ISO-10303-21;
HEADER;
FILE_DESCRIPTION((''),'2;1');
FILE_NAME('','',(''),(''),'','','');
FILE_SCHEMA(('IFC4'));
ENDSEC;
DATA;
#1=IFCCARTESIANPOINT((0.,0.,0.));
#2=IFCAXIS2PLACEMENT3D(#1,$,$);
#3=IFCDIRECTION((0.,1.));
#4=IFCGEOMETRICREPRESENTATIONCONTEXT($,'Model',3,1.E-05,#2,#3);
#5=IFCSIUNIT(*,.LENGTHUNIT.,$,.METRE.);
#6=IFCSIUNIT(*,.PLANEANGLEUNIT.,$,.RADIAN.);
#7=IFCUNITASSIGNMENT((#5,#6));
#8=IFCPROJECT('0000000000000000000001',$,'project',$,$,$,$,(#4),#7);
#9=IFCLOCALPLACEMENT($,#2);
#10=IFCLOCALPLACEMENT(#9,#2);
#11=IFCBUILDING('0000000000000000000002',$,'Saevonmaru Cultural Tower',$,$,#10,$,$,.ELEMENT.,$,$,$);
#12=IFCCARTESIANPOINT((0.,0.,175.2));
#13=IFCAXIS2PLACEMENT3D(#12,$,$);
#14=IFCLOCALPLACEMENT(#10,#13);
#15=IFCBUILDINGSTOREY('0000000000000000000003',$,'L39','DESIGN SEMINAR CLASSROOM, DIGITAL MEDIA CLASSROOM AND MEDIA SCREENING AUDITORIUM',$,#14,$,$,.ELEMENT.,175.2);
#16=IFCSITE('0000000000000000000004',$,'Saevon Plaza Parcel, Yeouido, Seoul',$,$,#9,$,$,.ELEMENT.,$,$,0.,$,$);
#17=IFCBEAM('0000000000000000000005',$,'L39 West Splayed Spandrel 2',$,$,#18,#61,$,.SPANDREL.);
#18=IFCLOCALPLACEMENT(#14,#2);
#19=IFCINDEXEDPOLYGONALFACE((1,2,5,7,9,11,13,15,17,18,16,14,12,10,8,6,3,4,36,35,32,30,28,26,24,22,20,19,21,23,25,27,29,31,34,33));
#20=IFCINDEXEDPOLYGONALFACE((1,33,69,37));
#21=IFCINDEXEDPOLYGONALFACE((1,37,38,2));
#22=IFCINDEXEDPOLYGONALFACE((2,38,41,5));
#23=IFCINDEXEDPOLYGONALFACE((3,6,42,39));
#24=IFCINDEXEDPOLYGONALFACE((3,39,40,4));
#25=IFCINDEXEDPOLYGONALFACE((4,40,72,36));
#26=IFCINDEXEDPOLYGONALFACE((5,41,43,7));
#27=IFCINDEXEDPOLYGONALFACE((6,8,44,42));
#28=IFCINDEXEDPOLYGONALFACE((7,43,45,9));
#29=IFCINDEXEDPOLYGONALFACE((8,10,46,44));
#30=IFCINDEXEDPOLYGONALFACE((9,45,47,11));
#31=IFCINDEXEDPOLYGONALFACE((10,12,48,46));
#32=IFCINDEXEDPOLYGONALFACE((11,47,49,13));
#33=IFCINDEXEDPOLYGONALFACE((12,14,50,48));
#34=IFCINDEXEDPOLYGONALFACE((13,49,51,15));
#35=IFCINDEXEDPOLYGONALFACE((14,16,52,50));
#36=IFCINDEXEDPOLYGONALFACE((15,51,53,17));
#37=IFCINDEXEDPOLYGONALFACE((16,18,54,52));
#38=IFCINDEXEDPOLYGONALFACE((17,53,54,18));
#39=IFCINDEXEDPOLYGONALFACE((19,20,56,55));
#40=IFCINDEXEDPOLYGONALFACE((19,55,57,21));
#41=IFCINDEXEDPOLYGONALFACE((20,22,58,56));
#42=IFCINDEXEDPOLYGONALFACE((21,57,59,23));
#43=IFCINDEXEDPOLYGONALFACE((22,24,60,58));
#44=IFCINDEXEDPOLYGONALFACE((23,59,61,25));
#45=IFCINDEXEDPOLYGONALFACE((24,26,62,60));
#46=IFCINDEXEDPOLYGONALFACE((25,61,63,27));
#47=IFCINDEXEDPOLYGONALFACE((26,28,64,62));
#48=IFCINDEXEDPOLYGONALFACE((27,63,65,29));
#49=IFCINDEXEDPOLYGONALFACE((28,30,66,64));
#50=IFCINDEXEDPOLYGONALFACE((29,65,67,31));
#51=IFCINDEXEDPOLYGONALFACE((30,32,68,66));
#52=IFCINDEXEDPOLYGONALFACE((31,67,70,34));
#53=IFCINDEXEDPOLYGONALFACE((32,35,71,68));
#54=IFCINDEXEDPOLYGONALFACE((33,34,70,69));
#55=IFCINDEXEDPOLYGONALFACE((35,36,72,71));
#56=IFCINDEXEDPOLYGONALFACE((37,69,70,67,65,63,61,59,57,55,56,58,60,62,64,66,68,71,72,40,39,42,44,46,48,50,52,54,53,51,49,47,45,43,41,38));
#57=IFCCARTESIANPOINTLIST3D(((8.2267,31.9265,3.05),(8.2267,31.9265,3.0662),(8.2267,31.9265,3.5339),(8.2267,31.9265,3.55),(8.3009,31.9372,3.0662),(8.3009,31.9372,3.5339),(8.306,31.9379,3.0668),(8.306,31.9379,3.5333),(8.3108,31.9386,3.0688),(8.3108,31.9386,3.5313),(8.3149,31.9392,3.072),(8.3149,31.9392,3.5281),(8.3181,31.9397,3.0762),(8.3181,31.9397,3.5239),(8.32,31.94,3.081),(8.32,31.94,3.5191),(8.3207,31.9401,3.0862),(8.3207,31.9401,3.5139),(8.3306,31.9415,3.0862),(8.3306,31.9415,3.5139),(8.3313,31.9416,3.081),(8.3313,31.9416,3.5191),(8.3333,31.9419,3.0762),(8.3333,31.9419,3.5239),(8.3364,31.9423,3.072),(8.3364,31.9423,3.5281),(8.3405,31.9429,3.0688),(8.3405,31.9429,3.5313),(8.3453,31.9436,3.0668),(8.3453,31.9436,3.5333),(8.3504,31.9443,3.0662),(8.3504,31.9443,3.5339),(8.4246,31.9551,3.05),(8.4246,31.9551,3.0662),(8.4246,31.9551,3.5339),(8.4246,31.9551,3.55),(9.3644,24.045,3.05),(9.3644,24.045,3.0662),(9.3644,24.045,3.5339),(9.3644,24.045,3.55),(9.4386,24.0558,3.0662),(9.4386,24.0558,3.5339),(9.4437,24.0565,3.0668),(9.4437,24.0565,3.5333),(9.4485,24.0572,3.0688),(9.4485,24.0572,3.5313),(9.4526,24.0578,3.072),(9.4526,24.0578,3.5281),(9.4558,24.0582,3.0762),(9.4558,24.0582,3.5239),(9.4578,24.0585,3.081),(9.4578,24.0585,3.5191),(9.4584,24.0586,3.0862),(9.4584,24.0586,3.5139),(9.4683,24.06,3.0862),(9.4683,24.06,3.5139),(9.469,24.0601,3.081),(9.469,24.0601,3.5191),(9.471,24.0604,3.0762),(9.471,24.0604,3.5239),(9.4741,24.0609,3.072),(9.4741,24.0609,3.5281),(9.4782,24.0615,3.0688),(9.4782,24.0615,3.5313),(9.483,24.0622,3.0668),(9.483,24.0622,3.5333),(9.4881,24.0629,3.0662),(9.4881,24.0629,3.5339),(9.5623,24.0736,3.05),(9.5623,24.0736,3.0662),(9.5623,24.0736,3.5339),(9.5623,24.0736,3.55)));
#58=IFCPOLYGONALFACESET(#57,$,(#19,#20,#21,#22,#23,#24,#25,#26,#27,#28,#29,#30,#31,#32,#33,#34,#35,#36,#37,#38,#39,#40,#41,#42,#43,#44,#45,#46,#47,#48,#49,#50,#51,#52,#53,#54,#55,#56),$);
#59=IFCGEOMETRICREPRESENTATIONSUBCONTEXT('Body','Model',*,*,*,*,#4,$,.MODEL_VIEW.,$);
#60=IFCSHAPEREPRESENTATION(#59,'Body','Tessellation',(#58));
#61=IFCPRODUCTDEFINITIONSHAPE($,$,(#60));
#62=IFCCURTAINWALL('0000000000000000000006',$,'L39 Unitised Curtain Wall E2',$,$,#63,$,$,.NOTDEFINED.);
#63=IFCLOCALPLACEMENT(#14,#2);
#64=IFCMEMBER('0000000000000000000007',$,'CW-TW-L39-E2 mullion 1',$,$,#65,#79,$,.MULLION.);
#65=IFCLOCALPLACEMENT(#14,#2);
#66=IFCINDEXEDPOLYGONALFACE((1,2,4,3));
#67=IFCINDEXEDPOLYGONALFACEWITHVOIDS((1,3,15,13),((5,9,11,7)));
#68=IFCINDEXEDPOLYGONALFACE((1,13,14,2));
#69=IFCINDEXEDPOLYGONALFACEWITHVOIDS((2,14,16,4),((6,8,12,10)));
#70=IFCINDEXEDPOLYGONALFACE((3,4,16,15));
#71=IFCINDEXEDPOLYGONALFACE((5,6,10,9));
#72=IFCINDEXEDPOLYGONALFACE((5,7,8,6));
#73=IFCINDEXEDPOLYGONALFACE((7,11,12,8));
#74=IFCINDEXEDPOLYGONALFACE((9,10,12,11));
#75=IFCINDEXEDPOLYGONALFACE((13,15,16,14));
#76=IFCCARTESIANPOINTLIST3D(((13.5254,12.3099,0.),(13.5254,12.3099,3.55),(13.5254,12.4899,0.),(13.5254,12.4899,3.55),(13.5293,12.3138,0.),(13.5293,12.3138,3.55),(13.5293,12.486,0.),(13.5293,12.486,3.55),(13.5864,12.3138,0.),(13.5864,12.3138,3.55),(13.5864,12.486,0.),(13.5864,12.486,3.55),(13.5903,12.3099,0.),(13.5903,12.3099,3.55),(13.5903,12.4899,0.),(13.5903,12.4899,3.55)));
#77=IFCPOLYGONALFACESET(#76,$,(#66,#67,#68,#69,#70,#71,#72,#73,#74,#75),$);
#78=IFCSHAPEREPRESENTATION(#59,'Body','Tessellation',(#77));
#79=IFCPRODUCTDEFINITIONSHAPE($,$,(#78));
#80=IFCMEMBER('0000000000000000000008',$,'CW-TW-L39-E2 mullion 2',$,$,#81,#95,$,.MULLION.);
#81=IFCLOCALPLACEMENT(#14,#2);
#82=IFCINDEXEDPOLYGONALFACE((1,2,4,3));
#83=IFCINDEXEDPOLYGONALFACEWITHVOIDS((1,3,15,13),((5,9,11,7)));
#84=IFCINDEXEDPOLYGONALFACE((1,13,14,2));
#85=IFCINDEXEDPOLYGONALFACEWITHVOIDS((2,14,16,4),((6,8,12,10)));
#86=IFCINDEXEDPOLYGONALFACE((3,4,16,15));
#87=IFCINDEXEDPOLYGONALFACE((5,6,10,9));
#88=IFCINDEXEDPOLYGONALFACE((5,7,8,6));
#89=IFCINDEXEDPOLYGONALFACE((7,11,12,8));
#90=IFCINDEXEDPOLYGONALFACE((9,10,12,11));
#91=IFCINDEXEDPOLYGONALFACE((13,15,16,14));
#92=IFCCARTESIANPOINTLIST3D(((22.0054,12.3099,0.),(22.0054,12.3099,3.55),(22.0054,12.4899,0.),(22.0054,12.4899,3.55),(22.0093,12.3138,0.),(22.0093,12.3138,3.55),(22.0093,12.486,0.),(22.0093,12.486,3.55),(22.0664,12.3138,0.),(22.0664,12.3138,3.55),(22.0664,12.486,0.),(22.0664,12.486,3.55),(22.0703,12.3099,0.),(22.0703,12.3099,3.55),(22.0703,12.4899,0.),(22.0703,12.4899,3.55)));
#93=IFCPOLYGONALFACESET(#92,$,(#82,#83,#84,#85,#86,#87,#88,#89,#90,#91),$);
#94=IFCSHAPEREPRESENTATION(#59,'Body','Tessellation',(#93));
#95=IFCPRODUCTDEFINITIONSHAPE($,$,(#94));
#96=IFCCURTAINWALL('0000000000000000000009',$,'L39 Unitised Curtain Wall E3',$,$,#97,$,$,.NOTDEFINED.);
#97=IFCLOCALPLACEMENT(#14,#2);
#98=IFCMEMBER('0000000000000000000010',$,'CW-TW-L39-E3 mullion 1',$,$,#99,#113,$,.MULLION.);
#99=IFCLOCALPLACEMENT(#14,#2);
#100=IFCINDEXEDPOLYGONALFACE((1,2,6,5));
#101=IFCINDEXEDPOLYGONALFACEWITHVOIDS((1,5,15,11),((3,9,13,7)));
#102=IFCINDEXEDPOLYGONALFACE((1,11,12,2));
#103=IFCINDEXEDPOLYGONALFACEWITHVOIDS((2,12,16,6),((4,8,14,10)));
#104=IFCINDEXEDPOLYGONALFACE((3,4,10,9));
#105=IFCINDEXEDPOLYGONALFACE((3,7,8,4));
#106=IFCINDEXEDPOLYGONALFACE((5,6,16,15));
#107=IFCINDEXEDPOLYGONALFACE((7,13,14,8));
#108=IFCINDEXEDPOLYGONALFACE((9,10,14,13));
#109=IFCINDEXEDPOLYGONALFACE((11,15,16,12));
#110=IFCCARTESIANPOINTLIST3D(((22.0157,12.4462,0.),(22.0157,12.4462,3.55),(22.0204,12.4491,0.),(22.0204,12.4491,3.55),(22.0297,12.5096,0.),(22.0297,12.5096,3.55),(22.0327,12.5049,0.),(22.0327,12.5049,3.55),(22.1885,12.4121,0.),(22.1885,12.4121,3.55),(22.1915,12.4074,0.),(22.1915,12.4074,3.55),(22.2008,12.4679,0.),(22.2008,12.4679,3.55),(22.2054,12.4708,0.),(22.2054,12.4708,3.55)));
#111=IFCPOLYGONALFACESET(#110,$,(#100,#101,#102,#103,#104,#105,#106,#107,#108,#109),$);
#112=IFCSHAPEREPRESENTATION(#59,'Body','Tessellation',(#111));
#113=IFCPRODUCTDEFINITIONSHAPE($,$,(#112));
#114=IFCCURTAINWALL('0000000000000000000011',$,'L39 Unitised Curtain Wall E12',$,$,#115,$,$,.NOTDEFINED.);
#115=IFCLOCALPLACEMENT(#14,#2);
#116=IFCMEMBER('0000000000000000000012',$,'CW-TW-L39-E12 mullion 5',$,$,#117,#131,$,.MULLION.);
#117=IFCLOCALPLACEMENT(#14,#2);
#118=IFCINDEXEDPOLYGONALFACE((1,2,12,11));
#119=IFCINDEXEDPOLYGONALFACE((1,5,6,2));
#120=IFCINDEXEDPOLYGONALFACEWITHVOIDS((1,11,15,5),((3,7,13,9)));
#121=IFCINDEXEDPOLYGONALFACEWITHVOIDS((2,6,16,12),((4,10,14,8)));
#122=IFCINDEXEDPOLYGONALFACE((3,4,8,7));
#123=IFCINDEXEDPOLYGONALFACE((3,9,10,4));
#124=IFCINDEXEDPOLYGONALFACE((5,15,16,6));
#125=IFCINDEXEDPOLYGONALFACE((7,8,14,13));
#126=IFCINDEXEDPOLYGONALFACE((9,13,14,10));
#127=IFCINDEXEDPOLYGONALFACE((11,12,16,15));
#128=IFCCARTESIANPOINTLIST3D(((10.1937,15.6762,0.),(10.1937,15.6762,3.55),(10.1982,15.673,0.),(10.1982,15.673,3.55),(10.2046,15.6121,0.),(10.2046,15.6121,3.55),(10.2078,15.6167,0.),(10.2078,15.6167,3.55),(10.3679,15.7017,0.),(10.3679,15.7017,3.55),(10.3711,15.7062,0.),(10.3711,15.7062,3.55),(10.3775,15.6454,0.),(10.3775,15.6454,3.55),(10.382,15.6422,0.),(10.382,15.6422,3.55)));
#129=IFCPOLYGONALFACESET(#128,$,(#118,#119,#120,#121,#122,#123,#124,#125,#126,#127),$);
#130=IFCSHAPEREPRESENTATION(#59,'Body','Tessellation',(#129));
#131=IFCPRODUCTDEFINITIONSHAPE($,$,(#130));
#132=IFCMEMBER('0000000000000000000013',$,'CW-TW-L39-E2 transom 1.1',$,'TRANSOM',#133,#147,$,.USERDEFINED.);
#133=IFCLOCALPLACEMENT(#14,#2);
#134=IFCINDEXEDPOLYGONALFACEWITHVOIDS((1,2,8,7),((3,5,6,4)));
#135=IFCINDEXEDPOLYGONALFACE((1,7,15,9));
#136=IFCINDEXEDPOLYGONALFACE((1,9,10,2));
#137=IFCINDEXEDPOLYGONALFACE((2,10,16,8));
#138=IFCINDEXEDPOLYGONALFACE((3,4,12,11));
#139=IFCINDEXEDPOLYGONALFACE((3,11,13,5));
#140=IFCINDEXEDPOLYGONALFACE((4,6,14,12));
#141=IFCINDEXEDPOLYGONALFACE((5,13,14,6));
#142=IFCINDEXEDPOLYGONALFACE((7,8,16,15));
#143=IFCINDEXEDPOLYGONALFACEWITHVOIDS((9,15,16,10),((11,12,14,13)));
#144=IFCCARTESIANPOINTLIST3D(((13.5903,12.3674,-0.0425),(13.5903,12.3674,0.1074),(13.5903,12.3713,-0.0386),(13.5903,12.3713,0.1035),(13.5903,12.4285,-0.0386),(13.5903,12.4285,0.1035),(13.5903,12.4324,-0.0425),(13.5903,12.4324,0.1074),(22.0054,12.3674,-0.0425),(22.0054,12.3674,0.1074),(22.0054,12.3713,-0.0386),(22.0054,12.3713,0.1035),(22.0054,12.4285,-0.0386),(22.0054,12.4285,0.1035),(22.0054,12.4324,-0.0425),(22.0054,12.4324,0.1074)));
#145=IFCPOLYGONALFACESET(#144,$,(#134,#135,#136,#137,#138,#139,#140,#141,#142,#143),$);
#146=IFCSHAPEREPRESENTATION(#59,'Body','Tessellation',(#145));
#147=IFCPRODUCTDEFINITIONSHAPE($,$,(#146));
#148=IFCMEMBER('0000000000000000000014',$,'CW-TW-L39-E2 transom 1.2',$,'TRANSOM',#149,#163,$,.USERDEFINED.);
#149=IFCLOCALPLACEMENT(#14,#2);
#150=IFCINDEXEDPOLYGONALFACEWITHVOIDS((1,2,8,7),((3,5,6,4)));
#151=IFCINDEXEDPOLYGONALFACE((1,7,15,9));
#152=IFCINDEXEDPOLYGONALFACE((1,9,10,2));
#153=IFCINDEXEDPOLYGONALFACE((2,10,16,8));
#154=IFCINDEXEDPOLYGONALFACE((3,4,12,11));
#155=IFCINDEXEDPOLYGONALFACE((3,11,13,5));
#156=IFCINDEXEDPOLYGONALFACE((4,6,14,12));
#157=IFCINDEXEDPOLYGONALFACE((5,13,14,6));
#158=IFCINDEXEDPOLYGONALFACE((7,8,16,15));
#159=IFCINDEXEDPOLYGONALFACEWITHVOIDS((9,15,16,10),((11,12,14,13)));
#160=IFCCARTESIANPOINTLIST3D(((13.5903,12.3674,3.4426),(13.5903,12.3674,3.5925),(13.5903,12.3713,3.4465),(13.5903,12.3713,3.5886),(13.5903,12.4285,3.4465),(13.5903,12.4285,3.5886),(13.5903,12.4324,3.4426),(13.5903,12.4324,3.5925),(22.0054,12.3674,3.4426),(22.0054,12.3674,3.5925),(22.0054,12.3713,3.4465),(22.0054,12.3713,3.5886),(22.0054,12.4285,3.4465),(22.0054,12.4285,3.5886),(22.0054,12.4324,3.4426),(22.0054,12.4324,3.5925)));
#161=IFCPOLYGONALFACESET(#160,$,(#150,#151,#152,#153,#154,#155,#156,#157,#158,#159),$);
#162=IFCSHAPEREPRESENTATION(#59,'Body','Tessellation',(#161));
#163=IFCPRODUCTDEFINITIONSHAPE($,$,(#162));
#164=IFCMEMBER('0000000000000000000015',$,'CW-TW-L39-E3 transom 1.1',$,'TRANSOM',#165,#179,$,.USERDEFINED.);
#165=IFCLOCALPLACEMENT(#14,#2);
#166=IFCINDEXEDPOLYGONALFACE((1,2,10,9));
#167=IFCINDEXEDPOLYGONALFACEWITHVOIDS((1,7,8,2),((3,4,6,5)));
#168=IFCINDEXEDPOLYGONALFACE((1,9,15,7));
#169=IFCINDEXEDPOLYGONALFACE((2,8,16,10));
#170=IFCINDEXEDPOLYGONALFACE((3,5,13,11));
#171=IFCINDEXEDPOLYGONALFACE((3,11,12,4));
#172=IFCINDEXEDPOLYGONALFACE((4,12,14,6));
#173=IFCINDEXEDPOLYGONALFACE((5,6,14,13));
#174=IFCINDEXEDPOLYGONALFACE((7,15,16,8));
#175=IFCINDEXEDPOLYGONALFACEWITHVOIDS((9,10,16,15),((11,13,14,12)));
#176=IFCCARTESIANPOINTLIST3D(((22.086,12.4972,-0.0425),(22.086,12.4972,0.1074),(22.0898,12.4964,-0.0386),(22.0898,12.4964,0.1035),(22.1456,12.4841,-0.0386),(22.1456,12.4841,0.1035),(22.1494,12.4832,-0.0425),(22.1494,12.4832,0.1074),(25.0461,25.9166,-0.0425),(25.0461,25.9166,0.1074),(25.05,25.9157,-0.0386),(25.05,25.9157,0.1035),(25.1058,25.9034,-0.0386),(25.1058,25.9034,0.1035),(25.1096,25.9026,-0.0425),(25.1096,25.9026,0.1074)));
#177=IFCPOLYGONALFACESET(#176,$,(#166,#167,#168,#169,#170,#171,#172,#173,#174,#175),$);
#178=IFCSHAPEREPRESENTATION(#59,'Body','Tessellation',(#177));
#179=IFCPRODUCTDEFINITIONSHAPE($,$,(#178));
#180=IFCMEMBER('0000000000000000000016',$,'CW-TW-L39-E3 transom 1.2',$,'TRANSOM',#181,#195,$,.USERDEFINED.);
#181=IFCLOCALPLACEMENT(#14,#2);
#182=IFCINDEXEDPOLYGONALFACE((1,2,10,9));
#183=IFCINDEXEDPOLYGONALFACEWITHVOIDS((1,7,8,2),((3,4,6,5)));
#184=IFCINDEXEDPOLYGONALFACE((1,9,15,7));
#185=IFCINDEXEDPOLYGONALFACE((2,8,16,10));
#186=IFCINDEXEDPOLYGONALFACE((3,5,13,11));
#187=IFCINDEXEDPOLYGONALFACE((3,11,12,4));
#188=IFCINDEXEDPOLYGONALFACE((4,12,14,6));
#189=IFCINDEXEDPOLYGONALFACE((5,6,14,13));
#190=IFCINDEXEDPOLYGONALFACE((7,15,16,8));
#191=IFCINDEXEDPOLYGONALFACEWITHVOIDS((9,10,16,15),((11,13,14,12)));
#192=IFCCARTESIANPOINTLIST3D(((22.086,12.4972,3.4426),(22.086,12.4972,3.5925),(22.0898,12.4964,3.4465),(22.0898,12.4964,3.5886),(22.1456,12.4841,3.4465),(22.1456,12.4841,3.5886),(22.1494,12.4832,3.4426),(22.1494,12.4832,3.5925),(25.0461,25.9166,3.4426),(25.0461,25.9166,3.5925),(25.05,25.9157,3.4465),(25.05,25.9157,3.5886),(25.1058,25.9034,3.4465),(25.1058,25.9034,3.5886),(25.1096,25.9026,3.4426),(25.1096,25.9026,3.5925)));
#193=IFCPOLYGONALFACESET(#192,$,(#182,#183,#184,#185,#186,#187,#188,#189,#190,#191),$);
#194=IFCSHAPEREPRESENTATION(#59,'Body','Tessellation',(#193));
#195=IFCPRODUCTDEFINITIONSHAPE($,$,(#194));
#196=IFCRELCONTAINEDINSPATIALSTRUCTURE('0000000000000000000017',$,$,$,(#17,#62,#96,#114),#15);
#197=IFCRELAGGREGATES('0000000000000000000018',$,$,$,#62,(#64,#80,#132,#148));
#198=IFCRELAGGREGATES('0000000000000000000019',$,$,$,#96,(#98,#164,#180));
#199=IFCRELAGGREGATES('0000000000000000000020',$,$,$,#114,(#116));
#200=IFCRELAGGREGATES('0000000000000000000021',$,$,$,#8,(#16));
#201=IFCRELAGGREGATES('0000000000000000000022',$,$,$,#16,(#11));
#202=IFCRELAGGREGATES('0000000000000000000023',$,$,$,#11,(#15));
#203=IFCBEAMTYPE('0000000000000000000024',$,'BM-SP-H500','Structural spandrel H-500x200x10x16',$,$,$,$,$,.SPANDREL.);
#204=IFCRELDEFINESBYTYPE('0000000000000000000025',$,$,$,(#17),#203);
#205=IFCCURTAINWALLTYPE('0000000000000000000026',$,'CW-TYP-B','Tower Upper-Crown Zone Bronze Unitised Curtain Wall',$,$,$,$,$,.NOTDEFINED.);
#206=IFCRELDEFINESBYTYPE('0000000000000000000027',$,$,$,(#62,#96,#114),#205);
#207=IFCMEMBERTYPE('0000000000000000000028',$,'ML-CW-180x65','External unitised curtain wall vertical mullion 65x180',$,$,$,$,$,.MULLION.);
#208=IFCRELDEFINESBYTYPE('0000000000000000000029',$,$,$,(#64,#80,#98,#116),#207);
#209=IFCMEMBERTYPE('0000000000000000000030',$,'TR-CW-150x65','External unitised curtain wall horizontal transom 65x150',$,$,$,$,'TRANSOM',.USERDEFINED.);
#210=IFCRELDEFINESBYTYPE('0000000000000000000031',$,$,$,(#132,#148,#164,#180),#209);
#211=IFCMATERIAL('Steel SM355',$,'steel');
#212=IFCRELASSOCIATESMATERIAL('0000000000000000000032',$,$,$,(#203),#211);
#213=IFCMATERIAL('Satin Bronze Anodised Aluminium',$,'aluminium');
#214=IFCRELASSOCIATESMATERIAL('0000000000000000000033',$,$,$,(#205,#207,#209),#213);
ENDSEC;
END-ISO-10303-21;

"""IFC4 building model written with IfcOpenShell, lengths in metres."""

from ifc_helpers import new_model, si_unit, direction, frame, origin, origin_2d, place, context, subcontext, project, spatial, hollow_rectangle, i_section, extrude, material, material_profile, profile_set, type_object, element, aggregate, save


model = new_model("IFC4")

# Units and contexts
model_context = context("Model", 3, precision=1e-05, world=origin(), true_north=direction((0.0, 1.0)))
body_context = subcontext(model_context, "Body", "Model", "MODEL_VIEW")
ifc_project = project(units=[si_unit("LENGTHUNIT", "METRE"), si_unit("PLANEANGLEUNIT", "RADIAN")], contexts=[model_context])

# Site, building, storey
site_placement = place(None, origin())
site = spatial("IfcSite", under=ifc_project, at=site_placement, Name="Saevon Plaza Parcel, Yeouido, Seoul", CompositionType="ELEMENT", RefElevation=0.0)
building_placement = place(site_placement, origin())
building = spatial("IfcBuilding", under=site, at=building_placement, Name="Saevonmaru Cultural Tower", CompositionType="ELEMENT")
storey_placement = place(building_placement, frame((0.0, 0.0, 175.2)))
storey = spatial("IfcBuildingStorey", under=building, at=storey_placement, Name="L39", Description="DESIGN SEMINAR CLASSROOM, DIGITAL MEDIA CLASSROOM AND MEDIA SCREENING AUDITORIUM", CompositionType="ELEMENT", Elevation=175.2)

# Shared definitions
ifc_material_1 = material(Name="Steel SM355", Category="steel")

# Beam
ifc_material_profile_1 = material_profile(ifc_material_1, i_section(OverallWidth=0.2, OverallDepth=0.5, WebThickness=0.01, FlangeThickness=0.0161, FilletRadius=0.02, at=origin_2d()), Name="H-500x200x10x16")
ifc_profile_set_1 = profile_set([ifc_material_profile_1], Name="Steel SM355")
beam_type_1 = type_object("IfcBeamType", Name="BM-SP-H500", Description="Structural spandrel H-500x200x10x16", PredefinedType="SPANDREL", material=ifc_profile_set_1)
for number, where, z_axis, x_axis, name in (
    (1, (9.4634, 24.0593, 3.3), (-0.142872, 0.989741, 0.0), (-0.989741, -0.142872, 0.0), "L39 West Splayed Spandrel 2"),
):
    element("IfcBeam", number, at=place(storey_placement, frame(where, z_axis=z_axis, x_axis=x_axis)), inside=storey, type_object=beam_type_1, Name=name, PredefinedType="SPANDREL", context=body_context, shape_type="SweptSolid", body=[
        extrude(i_section(OverallWidth=0.2, OverallDepth=0.5, WebThickness=0.01, FlangeThickness=0.0161, FilletRadius=0.02, at=origin_2d()), origin(), (0.0, 0.0, 1.0), 7.9631),
    ])

# Curtain wall, members
ifc_material_2 = material(Name="Satin Bronze Anodised Aluminium", Category="aluminium")
curtain_wall_type = type_object("IfcCurtainWallType", Name="CW-TYP-B", Description="Tower Upper-Crown Zone Bronze Unitised Curtain Wall", PredefinedType="NOTDEFINED", material=ifc_material_2)
curtain_wall_1_placement = place(storey_placement, origin())
curtain_wall_1 = element("IfcCurtainWall", 2, at=curtain_wall_1_placement, inside=storey, type_object=curtain_wall_type, Name="L39 Unitised Curtain Wall E2", PredefinedType="NOTDEFINED")
ifc_material_profile_2 = material_profile(ifc_material_2, hollow_rectangle(XDim=0.0649, YDim=0.1799, WallThickness=0.0039, at=origin_2d()), Name="ALU-MULL-180x65x4")
ifc_profile_set_2 = profile_set([ifc_material_profile_2], Name="Satin Bronze Anodised Aluminium")
member_type_1 = type_object("IfcMemberType", Name="ML-CW-180x65", Description="External unitised curtain wall vertical mullion 65x180", PredefinedType="MULLION", material=ifc_profile_set_2)
member_1_placement = place(storey_placement, frame((13.5579, 12.3999, 0.0), z_axis=(0.0, 0.0, 1.0), x_axis=(1.0, 0.0, 0.0)))
member_1 = element("IfcMember", 3, at=member_1_placement, type_object=member_type_1, Name="CW-TW-L39-E2 mullion 1", PredefinedType="MULLION", context=body_context, shape_type="SweptSolid", body=[
    extrude(hollow_rectangle(XDim=0.0649, YDim=0.1799, WallThickness=0.0039, at=origin_2d()), origin(), (0.0, 0.0, 1.0), 3.55),
])
member_2_placement = place(storey_placement, frame((22.0378, 12.3999, 0.0), z_axis=(0.0, 0.0, 1.0), x_axis=(1.0, 0.0, 0.0)))
member_2 = element("IfcMember", 4, at=member_2_placement, type_object=member_type_1, Name="CW-TW-L39-E2 mullion 2", PredefinedType="MULLION", context=body_context, shape_type="SweptSolid", body=[
    extrude(hollow_rectangle(XDim=0.0649, YDim=0.1799, WallThickness=0.0039, at=origin_2d()), origin(), (0.0, 0.0, 1.0), 3.55),
])

# Curtain walls, members
curtain_wall_2_placement = place(storey_placement, origin())
curtain_wall_2 = element("IfcCurtainWall", 5, at=curtain_wall_2_placement, inside=storey, type_object=curtain_wall_type, Name="L39 Unitised Curtain Wall E3", PredefinedType="NOTDEFINED")
member_3_placement = place(storey_placement, frame((22.1106, 12.4585, 0.0), z_axis=(0.0, 0.0, 1.0), x_axis=(0.215413, 0.976523, 0.0)))
member_3 = element("IfcMember", 6, at=member_3_placement, type_object=member_type_1, Name="CW-TW-L39-E3 mullion 1", PredefinedType="MULLION", context=body_context, shape_type="SweptSolid", body=[
    extrude(hollow_rectangle(XDim=0.0649, YDim=0.1799, WallThickness=0.0039, at=origin_2d()), origin(), (0.0, 0.0, 1.0), 3.55),
])
curtain_wall_3_placement = place(storey_placement, origin())
curtain_wall_3 = element("IfcCurtainWall", 7, at=curtain_wall_3_placement, inside=storey, type_object=curtain_wall_type, Name="L39 Unitised Curtain Wall E12", PredefinedType="NOTDEFINED")
member_4_placement = place(storey_placement, frame((10.2878, 15.6592, 0.0), z_axis=(0.0, 0.0, 1.0), x_axis=(0.166922, -0.98597, 0.0)))
member_4 = element("IfcMember", 8, at=member_4_placement, type_object=member_type_1, Name="CW-TW-L39-E12 mullion 5", PredefinedType="MULLION", context=body_context, shape_type="SweptSolid", body=[
    extrude(hollow_rectangle(XDim=0.0649, YDim=0.1799, WallThickness=0.0039, at=origin_2d()), origin(), (0.0, 0.0, 1.0), 3.55),
])

# Members
ifc_material_profile_3 = material_profile(ifc_material_2, hollow_rectangle(XDim=0.0649, YDim=0.1499, WallThickness=0.0039, at=origin_2d()), Name="ALU-TRAN-150x65x4")
ifc_profile_set_3 = profile_set([ifc_material_profile_3], Name="Satin Bronze Anodised Aluminium")
member_type_2 = type_object("IfcMemberType", Name="TR-CW-150x65", Description="External unitised curtain wall horizontal transom 65x150", ElementType="TRANSOM", PredefinedType="USERDEFINED", material=ifc_profile_set_3)
member_5_placement = place(storey_placement, frame((13.5903, 12.3999, 0.0325), z_axis=(1.0, 0.0, 0.0), x_axis=(0.0, 1.0, 0.0)))
member_5 = element("IfcMember", 9, at=member_5_placement, type_object=member_type_2, Name="CW-TW-L39-E2 transom 1.1", ObjectType="TRANSOM", PredefinedType="USERDEFINED", context=body_context, shape_type="SweptSolid", body=[
    extrude(hollow_rectangle(XDim=0.0649, YDim=0.1499, WallThickness=0.0039, at=origin_2d()), origin(), (0.0, 0.0, 1.0), 8.415),
])
member_6_placement = place(storey_placement, frame((13.5903, 12.3999, 3.5176), z_axis=(1.0, 0.0, 0.0), x_axis=(0.0, 1.0, 0.0)))
member_6 = element("IfcMember", 10, at=member_6_placement, type_object=member_type_2, Name="CW-TW-L39-E2 transom 1.2", ObjectType="TRANSOM", PredefinedType="USERDEFINED", context=body_context, shape_type="SweptSolid", body=[
    extrude(hollow_rectangle(XDim=0.0649, YDim=0.1499, WallThickness=0.0039, at=origin_2d()), origin(), (0.0, 0.0, 1.0), 8.415),
])
member_7_placement = place(storey_placement, frame((22.1177, 12.4902, 0.0325), z_axis=(0.215412, 0.976523, 0.0), x_axis=(-0.976523, 0.215412, 0.0)))
member_7 = element("IfcMember", 11, at=member_7_placement, type_object=member_type_2, Name="CW-TW-L39-E3 transom 1.1", ObjectType="TRANSOM", PredefinedType="USERDEFINED", context=body_context, shape_type="SweptSolid", body=[
    extrude(hollow_rectangle(XDim=0.0649, YDim=0.1499, WallThickness=0.0039, at=origin_2d()), origin(), (0.0, 0.0, 1.0), 13.7419),
])
member_8_placement = place(storey_placement, frame((22.1177, 12.4902, 3.5176), z_axis=(0.215412, 0.976523, 0.0), x_axis=(-0.976523, 0.215412, 0.0)))
member_8 = element("IfcMember", 12, at=member_8_placement, type_object=member_type_2, Name="CW-TW-L39-E3 transom 1.2", ObjectType="TRANSOM", PredefinedType="USERDEFINED", context=body_context, shape_type="SweptSolid", body=[
    extrude(hollow_rectangle(XDim=0.0649, YDim=0.1499, WallThickness=0.0039, at=origin_2d()), origin(), (0.0, 0.0, 1.0), 13.7419),
])

aggregate(curtain_wall_1, [member_1, member_2, member_5, member_6])
aggregate(curtain_wall_2, [member_3, member_7, member_8])
aggregate(curtain_wall_3, [member_4])

save(model, "model.ifc")
